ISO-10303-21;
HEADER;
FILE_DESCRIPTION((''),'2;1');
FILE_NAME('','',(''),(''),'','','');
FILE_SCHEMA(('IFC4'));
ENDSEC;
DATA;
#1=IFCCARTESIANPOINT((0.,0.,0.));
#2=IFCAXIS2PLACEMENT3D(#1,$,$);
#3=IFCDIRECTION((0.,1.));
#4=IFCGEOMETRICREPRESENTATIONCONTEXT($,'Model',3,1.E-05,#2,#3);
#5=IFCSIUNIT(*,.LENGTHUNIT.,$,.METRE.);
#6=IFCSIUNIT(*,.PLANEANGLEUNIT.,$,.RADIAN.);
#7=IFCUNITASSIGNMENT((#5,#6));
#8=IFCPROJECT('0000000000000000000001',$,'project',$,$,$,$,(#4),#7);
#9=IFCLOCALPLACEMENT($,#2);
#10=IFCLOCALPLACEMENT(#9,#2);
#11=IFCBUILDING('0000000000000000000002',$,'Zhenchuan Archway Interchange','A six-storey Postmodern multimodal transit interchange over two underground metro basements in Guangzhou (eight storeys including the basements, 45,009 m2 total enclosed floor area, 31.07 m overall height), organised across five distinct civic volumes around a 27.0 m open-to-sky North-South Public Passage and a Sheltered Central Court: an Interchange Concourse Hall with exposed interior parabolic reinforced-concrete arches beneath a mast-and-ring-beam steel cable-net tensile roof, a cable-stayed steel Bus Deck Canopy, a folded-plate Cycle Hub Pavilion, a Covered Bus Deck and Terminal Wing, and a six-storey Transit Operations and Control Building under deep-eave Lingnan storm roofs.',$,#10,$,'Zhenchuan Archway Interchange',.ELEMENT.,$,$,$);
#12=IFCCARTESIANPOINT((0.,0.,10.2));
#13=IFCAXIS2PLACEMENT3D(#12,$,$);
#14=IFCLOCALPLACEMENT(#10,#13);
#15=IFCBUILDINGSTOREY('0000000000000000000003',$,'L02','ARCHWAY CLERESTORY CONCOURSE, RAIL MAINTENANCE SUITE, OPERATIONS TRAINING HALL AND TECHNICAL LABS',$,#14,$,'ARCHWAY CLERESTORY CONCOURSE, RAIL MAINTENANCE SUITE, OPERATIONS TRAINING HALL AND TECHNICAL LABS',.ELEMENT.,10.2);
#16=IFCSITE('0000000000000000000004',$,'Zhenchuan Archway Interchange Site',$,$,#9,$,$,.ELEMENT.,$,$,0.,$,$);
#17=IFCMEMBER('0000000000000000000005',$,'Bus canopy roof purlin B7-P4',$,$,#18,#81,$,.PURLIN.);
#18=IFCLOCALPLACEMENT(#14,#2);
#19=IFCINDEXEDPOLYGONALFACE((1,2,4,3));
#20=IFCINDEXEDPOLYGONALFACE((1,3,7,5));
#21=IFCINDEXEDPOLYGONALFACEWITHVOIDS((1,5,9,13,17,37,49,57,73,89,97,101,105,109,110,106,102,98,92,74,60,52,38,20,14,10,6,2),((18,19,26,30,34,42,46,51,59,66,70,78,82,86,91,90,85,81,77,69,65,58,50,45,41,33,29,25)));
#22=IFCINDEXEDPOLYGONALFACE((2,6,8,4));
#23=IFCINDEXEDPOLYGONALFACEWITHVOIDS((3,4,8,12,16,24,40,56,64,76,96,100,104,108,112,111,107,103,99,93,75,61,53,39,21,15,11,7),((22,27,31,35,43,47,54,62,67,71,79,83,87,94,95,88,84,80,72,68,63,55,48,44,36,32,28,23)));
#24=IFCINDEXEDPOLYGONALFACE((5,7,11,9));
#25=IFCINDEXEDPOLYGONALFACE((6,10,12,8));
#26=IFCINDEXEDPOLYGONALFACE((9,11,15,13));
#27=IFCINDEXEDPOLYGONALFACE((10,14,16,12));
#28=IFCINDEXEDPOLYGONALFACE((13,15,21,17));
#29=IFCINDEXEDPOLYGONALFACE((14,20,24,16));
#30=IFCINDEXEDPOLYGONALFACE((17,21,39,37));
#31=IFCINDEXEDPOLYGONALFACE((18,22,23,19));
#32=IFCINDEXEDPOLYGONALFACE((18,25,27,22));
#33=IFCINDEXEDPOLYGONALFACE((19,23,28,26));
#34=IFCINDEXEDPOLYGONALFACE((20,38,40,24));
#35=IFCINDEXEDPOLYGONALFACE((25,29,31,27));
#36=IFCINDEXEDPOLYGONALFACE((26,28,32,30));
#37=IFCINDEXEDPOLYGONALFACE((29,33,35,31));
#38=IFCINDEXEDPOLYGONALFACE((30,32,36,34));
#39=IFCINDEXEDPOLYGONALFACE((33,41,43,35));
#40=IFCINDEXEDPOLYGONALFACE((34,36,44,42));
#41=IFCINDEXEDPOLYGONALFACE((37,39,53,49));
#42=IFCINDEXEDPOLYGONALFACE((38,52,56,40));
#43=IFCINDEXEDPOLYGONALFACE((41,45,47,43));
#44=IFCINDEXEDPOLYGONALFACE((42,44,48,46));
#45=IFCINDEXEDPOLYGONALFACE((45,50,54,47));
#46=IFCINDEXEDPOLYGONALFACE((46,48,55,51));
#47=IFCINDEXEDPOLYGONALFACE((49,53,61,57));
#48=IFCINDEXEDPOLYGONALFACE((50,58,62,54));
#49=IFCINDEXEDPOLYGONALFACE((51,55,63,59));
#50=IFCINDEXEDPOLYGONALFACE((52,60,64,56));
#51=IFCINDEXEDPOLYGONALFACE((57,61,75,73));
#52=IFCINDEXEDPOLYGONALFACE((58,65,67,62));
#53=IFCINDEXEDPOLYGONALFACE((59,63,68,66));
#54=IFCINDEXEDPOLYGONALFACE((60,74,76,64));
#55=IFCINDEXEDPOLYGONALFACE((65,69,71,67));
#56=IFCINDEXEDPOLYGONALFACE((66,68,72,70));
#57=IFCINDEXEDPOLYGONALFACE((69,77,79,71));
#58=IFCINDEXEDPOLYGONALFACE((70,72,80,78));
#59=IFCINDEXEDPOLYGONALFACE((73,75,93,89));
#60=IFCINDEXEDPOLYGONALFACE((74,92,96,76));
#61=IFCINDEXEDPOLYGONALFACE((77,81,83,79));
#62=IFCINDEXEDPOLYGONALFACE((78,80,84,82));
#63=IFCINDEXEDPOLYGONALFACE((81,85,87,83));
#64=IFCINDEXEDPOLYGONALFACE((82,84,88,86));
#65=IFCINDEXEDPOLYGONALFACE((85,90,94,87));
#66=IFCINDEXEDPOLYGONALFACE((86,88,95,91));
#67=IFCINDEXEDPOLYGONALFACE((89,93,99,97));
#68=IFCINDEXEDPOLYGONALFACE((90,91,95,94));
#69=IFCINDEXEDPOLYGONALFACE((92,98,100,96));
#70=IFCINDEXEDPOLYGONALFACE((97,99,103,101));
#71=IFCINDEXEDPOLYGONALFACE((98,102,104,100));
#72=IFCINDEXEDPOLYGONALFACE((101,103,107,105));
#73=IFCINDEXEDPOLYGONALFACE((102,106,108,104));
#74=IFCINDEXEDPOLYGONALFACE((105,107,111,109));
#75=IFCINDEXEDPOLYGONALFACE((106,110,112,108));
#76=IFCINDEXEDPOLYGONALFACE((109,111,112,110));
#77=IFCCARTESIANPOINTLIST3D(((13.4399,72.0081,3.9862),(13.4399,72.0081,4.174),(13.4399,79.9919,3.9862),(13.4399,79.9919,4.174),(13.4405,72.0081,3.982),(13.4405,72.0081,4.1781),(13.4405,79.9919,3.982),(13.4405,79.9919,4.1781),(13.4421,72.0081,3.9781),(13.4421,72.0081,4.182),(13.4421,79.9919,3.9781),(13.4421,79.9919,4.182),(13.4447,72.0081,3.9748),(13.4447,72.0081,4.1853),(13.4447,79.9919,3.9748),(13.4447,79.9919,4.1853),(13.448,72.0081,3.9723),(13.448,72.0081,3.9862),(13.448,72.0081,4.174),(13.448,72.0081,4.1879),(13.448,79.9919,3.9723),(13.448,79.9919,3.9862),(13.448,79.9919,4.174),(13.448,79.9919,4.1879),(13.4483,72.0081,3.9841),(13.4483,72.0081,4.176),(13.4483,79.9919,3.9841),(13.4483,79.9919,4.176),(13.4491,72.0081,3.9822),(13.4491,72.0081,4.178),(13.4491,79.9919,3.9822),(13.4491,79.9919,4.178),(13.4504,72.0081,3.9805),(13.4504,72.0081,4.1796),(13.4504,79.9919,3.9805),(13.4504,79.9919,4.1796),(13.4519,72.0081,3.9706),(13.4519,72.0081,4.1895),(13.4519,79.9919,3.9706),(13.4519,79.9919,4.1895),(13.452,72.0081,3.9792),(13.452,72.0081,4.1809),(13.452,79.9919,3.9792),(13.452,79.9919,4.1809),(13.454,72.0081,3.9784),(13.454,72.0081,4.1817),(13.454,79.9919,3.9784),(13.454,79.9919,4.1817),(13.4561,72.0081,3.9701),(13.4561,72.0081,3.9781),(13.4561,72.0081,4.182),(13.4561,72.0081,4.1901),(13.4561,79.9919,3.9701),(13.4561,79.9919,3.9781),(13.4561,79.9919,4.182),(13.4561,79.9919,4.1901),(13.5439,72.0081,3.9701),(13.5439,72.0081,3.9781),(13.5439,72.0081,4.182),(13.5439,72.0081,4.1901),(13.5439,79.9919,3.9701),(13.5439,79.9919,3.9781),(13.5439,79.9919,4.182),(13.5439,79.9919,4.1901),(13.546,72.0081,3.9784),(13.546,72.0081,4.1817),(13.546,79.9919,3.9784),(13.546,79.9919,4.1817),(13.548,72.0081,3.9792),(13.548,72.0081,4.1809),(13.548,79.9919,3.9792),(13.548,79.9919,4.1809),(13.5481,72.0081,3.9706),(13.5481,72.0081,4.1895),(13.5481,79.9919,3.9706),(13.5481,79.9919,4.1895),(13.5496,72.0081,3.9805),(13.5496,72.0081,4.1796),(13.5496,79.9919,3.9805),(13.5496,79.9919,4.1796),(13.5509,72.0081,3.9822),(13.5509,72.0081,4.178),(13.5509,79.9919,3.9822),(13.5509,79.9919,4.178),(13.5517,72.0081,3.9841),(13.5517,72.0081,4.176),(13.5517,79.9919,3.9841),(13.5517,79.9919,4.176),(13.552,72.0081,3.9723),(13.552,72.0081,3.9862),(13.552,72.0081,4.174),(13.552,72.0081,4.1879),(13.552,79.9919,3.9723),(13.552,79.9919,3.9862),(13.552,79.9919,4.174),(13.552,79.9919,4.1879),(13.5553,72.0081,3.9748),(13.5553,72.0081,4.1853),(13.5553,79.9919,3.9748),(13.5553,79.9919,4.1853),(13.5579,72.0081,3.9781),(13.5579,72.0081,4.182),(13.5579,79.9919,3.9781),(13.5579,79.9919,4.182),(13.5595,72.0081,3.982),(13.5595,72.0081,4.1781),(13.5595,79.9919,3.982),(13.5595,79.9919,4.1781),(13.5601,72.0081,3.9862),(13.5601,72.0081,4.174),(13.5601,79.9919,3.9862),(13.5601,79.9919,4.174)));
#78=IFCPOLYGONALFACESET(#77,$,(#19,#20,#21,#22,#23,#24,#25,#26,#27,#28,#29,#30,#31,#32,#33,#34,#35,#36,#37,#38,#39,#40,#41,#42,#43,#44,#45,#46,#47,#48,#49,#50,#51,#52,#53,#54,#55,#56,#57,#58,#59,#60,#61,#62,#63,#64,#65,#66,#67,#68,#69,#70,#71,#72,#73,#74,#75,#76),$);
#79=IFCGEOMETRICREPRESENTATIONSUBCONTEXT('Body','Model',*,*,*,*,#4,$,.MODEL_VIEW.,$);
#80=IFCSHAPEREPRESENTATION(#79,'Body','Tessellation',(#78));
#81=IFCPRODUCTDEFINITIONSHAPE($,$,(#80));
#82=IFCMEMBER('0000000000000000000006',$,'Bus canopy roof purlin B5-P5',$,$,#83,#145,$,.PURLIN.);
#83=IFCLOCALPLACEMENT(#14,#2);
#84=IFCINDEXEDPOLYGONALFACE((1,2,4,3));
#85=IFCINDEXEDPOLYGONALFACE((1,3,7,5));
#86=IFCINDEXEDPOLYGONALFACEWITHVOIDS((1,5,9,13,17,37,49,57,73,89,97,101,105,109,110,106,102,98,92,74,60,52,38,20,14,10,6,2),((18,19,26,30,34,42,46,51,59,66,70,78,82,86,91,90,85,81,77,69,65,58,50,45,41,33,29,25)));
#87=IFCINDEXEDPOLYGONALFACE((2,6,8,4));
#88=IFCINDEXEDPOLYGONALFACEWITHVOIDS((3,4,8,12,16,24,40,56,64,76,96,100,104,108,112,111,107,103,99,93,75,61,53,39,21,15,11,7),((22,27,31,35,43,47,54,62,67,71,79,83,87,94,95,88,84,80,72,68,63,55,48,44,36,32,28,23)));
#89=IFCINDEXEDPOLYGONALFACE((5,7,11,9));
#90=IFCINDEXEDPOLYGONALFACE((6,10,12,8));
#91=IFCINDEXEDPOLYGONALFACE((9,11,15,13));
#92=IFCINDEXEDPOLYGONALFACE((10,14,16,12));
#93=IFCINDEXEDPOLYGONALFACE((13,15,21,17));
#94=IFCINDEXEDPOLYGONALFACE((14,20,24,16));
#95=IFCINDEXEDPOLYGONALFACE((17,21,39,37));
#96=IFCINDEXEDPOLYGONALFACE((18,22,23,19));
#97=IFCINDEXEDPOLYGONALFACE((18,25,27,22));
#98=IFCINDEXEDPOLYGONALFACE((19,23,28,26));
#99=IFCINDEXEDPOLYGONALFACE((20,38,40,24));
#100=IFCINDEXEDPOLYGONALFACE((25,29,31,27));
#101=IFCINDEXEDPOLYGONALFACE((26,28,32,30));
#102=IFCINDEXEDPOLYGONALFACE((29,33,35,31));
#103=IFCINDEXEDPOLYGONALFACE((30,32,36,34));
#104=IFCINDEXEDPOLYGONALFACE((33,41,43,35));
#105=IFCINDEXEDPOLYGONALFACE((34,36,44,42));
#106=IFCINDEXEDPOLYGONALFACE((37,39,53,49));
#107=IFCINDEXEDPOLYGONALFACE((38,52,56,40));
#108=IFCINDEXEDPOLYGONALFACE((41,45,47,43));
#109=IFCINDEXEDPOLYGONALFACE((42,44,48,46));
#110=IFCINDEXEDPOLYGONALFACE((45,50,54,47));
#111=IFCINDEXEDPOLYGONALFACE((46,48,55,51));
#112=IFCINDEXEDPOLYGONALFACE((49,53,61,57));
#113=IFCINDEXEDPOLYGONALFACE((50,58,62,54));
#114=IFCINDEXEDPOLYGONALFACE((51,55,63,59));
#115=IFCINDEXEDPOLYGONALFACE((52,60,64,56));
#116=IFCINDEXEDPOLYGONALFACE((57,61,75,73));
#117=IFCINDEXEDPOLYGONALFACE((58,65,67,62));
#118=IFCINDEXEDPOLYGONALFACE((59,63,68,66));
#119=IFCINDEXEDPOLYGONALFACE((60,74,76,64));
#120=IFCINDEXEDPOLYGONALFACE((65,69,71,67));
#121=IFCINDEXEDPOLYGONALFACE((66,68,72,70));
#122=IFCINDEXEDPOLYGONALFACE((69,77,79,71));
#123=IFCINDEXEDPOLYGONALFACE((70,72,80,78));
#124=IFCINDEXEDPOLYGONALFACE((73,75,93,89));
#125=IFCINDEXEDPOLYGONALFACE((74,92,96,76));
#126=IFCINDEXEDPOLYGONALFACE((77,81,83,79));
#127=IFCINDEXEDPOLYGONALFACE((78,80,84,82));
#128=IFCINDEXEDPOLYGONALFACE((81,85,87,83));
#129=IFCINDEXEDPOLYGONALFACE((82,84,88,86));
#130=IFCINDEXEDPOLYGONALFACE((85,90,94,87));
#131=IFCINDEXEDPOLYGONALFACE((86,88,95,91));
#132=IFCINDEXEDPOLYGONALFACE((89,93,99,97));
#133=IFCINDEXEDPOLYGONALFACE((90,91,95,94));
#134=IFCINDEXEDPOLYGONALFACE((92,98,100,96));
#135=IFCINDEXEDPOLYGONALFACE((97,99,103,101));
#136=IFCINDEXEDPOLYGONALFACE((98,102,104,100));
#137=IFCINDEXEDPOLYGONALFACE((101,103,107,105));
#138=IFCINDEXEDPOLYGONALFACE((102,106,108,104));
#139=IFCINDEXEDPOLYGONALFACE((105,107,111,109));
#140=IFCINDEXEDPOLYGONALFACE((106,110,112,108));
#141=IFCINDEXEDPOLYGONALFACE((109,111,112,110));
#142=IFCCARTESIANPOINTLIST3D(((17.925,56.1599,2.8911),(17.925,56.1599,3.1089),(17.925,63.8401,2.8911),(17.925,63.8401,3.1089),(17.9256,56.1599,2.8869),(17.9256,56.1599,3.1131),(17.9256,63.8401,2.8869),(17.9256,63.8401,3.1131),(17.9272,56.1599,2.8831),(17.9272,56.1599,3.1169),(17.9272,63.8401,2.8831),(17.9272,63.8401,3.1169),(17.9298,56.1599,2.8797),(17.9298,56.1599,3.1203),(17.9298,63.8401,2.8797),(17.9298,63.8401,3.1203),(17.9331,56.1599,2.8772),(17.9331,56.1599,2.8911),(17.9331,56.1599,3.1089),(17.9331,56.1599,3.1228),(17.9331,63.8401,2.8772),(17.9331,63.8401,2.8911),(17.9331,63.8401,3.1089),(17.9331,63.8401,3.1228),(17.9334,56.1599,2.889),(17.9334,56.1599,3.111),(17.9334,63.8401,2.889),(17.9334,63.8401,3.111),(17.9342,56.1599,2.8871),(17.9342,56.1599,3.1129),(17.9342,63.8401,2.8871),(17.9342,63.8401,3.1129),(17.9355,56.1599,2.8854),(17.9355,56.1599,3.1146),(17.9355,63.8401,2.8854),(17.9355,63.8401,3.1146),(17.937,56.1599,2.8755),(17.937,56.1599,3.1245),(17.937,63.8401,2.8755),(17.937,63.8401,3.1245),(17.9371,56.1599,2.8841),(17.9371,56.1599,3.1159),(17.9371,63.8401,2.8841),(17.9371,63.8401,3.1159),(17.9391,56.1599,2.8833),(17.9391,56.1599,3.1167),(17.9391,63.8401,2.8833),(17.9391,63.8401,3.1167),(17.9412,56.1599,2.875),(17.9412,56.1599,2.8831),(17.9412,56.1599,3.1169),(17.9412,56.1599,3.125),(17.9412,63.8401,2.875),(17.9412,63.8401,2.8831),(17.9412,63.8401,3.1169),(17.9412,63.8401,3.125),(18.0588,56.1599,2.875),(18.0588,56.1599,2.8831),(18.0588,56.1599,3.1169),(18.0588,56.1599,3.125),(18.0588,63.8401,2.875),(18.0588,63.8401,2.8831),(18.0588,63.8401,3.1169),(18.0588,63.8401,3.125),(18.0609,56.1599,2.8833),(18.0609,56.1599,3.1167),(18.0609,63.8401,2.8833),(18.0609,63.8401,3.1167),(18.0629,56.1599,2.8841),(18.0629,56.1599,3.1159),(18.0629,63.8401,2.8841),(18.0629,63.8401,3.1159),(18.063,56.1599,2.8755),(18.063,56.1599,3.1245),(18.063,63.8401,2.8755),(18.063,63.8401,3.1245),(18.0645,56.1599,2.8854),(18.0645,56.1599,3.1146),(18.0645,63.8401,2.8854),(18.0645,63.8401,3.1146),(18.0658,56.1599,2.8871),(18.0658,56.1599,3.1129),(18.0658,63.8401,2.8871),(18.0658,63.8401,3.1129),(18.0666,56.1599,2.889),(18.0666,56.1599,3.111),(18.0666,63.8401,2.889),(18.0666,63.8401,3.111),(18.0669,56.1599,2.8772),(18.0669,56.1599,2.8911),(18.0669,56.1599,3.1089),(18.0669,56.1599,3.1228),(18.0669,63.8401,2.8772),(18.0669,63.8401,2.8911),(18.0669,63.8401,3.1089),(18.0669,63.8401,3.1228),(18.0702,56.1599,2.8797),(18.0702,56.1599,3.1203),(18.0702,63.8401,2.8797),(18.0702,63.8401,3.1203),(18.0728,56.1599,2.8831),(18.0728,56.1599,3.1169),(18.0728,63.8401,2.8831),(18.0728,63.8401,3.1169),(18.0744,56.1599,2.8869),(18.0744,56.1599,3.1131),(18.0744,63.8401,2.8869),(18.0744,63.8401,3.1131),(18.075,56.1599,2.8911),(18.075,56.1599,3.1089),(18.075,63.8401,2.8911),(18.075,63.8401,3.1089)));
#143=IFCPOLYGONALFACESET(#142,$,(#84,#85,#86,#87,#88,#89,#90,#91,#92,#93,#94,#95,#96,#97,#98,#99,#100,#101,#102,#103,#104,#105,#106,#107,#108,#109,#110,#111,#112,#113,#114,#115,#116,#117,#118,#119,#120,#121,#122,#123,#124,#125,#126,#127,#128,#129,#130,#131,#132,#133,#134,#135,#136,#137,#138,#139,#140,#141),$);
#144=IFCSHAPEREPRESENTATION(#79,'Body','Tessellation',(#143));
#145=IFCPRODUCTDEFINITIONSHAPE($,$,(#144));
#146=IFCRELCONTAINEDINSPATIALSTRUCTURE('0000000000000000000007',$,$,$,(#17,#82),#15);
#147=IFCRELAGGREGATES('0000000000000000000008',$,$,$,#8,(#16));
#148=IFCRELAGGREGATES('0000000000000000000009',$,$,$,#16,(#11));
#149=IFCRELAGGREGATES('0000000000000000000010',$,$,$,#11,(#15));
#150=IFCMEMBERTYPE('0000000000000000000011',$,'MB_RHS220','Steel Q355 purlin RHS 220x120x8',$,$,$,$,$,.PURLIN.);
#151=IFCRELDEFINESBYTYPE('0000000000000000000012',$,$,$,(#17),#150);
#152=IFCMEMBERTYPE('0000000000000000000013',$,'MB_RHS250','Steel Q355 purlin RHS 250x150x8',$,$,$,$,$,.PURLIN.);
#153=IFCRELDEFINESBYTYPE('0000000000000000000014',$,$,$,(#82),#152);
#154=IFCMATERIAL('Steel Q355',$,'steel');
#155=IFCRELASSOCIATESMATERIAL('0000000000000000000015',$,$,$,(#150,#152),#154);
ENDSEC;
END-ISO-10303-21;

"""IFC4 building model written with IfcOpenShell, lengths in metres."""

from ifc_helpers import new_model, si_unit, direction, frame, origin, origin_2d, place, context, subcontext, project, spatial, hollow_rectangle, extrude, material, material_profile, profile_set, type_object, element, save


model = new_model("IFC4")

# Units and contexts
model_context = context("Model", 3, precision=1e-05, world=origin(), true_north=direction((0.0, 1.0)))
body_context = subcontext(model_context, "Body", "Model", "MODEL_VIEW")
ifc_project = project(units=[si_unit("LENGTHUNIT", "METRE"), si_unit("PLANEANGLEUNIT", "RADIAN")], contexts=[model_context])

# Site, building, storey
site_placement = place(None, origin())
site = spatial("IfcSite", under=ifc_project, at=site_placement, Name="Zhenchuan Archway Interchange Site", CompositionType="ELEMENT", RefElevation=0.0)
building_placement = place(site_placement, origin())
building = spatial("IfcBuilding", under=site, at=building_placement, Name="Zhenchuan Archway Interchange", Description="A six-storey Postmodern multimodal transit interchange over two underground metro basements in Guangzhou (eight storeys including the basements, 45,009 m2 total enclosed floor area, 31.07 m overall height), organised across five distinct civic volumes around a 27.0 m open-to-sky North-South Public Passage and a Sheltered Central Court: an Interchange Concourse Hall with exposed interior parabolic reinforced-concrete arches beneath a mast-and-ring-beam steel cable-net tensile roof, a cable-stayed steel Bus Deck Canopy, a folded-plate Cycle Hub Pavilion, a Covered Bus Deck and Terminal Wing, and a six-storey Transit Operations and Control Building under deep-eave Lingnan storm roofs.", LongName="Zhenchuan Archway Interchange", CompositionType="ELEMENT")
storey_placement = place(building_placement, frame((0.0, 0.0, 10.2)))
storey = spatial("IfcBuildingStorey", under=building, at=storey_placement, Name="L02", Description="ARCHWAY CLERESTORY CONCOURSE, RAIL MAINTENANCE SUITE, OPERATIONS TRAINING HALL AND TECHNICAL LABS", LongName="ARCHWAY CLERESTORY CONCOURSE, RAIL MAINTENANCE SUITE, OPERATIONS TRAINING HALL AND TECHNICAL LABS", CompositionType="ELEMENT", Elevation=10.2)

# Shared definitions
ifc_material_1 = material(Name="Steel Q355", Category="steel")

# Members
ifc_material_profile_1 = material_profile(ifc_material_1, hollow_rectangle(XDim=0.1201, YDim=0.22, WallThickness=0.0081, InnerFilletRadius=0.0081, OuterFilletRadius=0.0161, at=origin_2d()), Name="RHS 220x120x8")
ifc_profile_set_1 = profile_set([ifc_material_profile_1], Name="Steel Q355")
member_type_1 = type_object("IfcMemberType", Name="MB_RHS220", Description="Steel Q355 purlin RHS 220x120x8", PredefinedType="PURLIN", material=ifc_profile_set_1)
for number, where, z_axis, x_axis, name in (
    (1, (13.5, 72.0081, 4.0801), (0.0, 1.0, 0.0), (-1.0, 0.0, 0.0), "Bus canopy roof purlin B7-P4"),
):
    element("IfcMember", number, at=place(storey_placement, frame(where, z_axis=z_axis, x_axis=x_axis)), inside=storey, type_object=member_type_1, Name=name, PredefinedType="PURLIN", context=body_context, shape_type="SweptSolid", body=[
        extrude(hollow_rectangle(XDim=0.1201, YDim=0.22, WallThickness=0.0081, InnerFilletRadius=0.0081, OuterFilletRadius=0.0161, at=origin_2d()), origin(), (0.0, 0.0, 1.0), 7.9839),
    ])
ifc_material_profile_2 = material_profile(ifc_material_1, hollow_rectangle(XDim=0.1499, YDim=0.25, WallThickness=0.0081, InnerFilletRadius=0.0081, OuterFilletRadius=0.0161, at=origin_2d()), Name="RHS 250x150x8")
ifc_profile_set_2 = profile_set([ifc_material_profile_2], Name="Steel Q355")
member_type_2 = type_object("IfcMemberType", Name="MB_RHS250", Description="Steel Q355 purlin RHS 250x150x8", PredefinedType="PURLIN", material=ifc_profile_set_2)
for number, where, z_axis, x_axis, name in (
    (2, (18.0, 56.1599, 3.0), (0.0, 1.0, 0.0), (-1.0, 0.0, 0.0), "Bus canopy roof purlin B5-P5"),
):
    element("IfcMember", number, at=place(storey_placement, frame(where, z_axis=z_axis, x_axis=x_axis)), inside=storey, type_object=member_type_2, Name=name, PredefinedType="PURLIN", context=body_context, shape_type="SweptSolid", body=[
        extrude(hollow_rectangle(XDim=0.1499, YDim=0.25, WallThickness=0.0081, InnerFilletRadius=0.0081, OuterFilletRadius=0.0161, at=origin_2d()), origin(), (0.0, 0.0, 1.0), 7.6802),
    ])

save(model, "model.ifc")
